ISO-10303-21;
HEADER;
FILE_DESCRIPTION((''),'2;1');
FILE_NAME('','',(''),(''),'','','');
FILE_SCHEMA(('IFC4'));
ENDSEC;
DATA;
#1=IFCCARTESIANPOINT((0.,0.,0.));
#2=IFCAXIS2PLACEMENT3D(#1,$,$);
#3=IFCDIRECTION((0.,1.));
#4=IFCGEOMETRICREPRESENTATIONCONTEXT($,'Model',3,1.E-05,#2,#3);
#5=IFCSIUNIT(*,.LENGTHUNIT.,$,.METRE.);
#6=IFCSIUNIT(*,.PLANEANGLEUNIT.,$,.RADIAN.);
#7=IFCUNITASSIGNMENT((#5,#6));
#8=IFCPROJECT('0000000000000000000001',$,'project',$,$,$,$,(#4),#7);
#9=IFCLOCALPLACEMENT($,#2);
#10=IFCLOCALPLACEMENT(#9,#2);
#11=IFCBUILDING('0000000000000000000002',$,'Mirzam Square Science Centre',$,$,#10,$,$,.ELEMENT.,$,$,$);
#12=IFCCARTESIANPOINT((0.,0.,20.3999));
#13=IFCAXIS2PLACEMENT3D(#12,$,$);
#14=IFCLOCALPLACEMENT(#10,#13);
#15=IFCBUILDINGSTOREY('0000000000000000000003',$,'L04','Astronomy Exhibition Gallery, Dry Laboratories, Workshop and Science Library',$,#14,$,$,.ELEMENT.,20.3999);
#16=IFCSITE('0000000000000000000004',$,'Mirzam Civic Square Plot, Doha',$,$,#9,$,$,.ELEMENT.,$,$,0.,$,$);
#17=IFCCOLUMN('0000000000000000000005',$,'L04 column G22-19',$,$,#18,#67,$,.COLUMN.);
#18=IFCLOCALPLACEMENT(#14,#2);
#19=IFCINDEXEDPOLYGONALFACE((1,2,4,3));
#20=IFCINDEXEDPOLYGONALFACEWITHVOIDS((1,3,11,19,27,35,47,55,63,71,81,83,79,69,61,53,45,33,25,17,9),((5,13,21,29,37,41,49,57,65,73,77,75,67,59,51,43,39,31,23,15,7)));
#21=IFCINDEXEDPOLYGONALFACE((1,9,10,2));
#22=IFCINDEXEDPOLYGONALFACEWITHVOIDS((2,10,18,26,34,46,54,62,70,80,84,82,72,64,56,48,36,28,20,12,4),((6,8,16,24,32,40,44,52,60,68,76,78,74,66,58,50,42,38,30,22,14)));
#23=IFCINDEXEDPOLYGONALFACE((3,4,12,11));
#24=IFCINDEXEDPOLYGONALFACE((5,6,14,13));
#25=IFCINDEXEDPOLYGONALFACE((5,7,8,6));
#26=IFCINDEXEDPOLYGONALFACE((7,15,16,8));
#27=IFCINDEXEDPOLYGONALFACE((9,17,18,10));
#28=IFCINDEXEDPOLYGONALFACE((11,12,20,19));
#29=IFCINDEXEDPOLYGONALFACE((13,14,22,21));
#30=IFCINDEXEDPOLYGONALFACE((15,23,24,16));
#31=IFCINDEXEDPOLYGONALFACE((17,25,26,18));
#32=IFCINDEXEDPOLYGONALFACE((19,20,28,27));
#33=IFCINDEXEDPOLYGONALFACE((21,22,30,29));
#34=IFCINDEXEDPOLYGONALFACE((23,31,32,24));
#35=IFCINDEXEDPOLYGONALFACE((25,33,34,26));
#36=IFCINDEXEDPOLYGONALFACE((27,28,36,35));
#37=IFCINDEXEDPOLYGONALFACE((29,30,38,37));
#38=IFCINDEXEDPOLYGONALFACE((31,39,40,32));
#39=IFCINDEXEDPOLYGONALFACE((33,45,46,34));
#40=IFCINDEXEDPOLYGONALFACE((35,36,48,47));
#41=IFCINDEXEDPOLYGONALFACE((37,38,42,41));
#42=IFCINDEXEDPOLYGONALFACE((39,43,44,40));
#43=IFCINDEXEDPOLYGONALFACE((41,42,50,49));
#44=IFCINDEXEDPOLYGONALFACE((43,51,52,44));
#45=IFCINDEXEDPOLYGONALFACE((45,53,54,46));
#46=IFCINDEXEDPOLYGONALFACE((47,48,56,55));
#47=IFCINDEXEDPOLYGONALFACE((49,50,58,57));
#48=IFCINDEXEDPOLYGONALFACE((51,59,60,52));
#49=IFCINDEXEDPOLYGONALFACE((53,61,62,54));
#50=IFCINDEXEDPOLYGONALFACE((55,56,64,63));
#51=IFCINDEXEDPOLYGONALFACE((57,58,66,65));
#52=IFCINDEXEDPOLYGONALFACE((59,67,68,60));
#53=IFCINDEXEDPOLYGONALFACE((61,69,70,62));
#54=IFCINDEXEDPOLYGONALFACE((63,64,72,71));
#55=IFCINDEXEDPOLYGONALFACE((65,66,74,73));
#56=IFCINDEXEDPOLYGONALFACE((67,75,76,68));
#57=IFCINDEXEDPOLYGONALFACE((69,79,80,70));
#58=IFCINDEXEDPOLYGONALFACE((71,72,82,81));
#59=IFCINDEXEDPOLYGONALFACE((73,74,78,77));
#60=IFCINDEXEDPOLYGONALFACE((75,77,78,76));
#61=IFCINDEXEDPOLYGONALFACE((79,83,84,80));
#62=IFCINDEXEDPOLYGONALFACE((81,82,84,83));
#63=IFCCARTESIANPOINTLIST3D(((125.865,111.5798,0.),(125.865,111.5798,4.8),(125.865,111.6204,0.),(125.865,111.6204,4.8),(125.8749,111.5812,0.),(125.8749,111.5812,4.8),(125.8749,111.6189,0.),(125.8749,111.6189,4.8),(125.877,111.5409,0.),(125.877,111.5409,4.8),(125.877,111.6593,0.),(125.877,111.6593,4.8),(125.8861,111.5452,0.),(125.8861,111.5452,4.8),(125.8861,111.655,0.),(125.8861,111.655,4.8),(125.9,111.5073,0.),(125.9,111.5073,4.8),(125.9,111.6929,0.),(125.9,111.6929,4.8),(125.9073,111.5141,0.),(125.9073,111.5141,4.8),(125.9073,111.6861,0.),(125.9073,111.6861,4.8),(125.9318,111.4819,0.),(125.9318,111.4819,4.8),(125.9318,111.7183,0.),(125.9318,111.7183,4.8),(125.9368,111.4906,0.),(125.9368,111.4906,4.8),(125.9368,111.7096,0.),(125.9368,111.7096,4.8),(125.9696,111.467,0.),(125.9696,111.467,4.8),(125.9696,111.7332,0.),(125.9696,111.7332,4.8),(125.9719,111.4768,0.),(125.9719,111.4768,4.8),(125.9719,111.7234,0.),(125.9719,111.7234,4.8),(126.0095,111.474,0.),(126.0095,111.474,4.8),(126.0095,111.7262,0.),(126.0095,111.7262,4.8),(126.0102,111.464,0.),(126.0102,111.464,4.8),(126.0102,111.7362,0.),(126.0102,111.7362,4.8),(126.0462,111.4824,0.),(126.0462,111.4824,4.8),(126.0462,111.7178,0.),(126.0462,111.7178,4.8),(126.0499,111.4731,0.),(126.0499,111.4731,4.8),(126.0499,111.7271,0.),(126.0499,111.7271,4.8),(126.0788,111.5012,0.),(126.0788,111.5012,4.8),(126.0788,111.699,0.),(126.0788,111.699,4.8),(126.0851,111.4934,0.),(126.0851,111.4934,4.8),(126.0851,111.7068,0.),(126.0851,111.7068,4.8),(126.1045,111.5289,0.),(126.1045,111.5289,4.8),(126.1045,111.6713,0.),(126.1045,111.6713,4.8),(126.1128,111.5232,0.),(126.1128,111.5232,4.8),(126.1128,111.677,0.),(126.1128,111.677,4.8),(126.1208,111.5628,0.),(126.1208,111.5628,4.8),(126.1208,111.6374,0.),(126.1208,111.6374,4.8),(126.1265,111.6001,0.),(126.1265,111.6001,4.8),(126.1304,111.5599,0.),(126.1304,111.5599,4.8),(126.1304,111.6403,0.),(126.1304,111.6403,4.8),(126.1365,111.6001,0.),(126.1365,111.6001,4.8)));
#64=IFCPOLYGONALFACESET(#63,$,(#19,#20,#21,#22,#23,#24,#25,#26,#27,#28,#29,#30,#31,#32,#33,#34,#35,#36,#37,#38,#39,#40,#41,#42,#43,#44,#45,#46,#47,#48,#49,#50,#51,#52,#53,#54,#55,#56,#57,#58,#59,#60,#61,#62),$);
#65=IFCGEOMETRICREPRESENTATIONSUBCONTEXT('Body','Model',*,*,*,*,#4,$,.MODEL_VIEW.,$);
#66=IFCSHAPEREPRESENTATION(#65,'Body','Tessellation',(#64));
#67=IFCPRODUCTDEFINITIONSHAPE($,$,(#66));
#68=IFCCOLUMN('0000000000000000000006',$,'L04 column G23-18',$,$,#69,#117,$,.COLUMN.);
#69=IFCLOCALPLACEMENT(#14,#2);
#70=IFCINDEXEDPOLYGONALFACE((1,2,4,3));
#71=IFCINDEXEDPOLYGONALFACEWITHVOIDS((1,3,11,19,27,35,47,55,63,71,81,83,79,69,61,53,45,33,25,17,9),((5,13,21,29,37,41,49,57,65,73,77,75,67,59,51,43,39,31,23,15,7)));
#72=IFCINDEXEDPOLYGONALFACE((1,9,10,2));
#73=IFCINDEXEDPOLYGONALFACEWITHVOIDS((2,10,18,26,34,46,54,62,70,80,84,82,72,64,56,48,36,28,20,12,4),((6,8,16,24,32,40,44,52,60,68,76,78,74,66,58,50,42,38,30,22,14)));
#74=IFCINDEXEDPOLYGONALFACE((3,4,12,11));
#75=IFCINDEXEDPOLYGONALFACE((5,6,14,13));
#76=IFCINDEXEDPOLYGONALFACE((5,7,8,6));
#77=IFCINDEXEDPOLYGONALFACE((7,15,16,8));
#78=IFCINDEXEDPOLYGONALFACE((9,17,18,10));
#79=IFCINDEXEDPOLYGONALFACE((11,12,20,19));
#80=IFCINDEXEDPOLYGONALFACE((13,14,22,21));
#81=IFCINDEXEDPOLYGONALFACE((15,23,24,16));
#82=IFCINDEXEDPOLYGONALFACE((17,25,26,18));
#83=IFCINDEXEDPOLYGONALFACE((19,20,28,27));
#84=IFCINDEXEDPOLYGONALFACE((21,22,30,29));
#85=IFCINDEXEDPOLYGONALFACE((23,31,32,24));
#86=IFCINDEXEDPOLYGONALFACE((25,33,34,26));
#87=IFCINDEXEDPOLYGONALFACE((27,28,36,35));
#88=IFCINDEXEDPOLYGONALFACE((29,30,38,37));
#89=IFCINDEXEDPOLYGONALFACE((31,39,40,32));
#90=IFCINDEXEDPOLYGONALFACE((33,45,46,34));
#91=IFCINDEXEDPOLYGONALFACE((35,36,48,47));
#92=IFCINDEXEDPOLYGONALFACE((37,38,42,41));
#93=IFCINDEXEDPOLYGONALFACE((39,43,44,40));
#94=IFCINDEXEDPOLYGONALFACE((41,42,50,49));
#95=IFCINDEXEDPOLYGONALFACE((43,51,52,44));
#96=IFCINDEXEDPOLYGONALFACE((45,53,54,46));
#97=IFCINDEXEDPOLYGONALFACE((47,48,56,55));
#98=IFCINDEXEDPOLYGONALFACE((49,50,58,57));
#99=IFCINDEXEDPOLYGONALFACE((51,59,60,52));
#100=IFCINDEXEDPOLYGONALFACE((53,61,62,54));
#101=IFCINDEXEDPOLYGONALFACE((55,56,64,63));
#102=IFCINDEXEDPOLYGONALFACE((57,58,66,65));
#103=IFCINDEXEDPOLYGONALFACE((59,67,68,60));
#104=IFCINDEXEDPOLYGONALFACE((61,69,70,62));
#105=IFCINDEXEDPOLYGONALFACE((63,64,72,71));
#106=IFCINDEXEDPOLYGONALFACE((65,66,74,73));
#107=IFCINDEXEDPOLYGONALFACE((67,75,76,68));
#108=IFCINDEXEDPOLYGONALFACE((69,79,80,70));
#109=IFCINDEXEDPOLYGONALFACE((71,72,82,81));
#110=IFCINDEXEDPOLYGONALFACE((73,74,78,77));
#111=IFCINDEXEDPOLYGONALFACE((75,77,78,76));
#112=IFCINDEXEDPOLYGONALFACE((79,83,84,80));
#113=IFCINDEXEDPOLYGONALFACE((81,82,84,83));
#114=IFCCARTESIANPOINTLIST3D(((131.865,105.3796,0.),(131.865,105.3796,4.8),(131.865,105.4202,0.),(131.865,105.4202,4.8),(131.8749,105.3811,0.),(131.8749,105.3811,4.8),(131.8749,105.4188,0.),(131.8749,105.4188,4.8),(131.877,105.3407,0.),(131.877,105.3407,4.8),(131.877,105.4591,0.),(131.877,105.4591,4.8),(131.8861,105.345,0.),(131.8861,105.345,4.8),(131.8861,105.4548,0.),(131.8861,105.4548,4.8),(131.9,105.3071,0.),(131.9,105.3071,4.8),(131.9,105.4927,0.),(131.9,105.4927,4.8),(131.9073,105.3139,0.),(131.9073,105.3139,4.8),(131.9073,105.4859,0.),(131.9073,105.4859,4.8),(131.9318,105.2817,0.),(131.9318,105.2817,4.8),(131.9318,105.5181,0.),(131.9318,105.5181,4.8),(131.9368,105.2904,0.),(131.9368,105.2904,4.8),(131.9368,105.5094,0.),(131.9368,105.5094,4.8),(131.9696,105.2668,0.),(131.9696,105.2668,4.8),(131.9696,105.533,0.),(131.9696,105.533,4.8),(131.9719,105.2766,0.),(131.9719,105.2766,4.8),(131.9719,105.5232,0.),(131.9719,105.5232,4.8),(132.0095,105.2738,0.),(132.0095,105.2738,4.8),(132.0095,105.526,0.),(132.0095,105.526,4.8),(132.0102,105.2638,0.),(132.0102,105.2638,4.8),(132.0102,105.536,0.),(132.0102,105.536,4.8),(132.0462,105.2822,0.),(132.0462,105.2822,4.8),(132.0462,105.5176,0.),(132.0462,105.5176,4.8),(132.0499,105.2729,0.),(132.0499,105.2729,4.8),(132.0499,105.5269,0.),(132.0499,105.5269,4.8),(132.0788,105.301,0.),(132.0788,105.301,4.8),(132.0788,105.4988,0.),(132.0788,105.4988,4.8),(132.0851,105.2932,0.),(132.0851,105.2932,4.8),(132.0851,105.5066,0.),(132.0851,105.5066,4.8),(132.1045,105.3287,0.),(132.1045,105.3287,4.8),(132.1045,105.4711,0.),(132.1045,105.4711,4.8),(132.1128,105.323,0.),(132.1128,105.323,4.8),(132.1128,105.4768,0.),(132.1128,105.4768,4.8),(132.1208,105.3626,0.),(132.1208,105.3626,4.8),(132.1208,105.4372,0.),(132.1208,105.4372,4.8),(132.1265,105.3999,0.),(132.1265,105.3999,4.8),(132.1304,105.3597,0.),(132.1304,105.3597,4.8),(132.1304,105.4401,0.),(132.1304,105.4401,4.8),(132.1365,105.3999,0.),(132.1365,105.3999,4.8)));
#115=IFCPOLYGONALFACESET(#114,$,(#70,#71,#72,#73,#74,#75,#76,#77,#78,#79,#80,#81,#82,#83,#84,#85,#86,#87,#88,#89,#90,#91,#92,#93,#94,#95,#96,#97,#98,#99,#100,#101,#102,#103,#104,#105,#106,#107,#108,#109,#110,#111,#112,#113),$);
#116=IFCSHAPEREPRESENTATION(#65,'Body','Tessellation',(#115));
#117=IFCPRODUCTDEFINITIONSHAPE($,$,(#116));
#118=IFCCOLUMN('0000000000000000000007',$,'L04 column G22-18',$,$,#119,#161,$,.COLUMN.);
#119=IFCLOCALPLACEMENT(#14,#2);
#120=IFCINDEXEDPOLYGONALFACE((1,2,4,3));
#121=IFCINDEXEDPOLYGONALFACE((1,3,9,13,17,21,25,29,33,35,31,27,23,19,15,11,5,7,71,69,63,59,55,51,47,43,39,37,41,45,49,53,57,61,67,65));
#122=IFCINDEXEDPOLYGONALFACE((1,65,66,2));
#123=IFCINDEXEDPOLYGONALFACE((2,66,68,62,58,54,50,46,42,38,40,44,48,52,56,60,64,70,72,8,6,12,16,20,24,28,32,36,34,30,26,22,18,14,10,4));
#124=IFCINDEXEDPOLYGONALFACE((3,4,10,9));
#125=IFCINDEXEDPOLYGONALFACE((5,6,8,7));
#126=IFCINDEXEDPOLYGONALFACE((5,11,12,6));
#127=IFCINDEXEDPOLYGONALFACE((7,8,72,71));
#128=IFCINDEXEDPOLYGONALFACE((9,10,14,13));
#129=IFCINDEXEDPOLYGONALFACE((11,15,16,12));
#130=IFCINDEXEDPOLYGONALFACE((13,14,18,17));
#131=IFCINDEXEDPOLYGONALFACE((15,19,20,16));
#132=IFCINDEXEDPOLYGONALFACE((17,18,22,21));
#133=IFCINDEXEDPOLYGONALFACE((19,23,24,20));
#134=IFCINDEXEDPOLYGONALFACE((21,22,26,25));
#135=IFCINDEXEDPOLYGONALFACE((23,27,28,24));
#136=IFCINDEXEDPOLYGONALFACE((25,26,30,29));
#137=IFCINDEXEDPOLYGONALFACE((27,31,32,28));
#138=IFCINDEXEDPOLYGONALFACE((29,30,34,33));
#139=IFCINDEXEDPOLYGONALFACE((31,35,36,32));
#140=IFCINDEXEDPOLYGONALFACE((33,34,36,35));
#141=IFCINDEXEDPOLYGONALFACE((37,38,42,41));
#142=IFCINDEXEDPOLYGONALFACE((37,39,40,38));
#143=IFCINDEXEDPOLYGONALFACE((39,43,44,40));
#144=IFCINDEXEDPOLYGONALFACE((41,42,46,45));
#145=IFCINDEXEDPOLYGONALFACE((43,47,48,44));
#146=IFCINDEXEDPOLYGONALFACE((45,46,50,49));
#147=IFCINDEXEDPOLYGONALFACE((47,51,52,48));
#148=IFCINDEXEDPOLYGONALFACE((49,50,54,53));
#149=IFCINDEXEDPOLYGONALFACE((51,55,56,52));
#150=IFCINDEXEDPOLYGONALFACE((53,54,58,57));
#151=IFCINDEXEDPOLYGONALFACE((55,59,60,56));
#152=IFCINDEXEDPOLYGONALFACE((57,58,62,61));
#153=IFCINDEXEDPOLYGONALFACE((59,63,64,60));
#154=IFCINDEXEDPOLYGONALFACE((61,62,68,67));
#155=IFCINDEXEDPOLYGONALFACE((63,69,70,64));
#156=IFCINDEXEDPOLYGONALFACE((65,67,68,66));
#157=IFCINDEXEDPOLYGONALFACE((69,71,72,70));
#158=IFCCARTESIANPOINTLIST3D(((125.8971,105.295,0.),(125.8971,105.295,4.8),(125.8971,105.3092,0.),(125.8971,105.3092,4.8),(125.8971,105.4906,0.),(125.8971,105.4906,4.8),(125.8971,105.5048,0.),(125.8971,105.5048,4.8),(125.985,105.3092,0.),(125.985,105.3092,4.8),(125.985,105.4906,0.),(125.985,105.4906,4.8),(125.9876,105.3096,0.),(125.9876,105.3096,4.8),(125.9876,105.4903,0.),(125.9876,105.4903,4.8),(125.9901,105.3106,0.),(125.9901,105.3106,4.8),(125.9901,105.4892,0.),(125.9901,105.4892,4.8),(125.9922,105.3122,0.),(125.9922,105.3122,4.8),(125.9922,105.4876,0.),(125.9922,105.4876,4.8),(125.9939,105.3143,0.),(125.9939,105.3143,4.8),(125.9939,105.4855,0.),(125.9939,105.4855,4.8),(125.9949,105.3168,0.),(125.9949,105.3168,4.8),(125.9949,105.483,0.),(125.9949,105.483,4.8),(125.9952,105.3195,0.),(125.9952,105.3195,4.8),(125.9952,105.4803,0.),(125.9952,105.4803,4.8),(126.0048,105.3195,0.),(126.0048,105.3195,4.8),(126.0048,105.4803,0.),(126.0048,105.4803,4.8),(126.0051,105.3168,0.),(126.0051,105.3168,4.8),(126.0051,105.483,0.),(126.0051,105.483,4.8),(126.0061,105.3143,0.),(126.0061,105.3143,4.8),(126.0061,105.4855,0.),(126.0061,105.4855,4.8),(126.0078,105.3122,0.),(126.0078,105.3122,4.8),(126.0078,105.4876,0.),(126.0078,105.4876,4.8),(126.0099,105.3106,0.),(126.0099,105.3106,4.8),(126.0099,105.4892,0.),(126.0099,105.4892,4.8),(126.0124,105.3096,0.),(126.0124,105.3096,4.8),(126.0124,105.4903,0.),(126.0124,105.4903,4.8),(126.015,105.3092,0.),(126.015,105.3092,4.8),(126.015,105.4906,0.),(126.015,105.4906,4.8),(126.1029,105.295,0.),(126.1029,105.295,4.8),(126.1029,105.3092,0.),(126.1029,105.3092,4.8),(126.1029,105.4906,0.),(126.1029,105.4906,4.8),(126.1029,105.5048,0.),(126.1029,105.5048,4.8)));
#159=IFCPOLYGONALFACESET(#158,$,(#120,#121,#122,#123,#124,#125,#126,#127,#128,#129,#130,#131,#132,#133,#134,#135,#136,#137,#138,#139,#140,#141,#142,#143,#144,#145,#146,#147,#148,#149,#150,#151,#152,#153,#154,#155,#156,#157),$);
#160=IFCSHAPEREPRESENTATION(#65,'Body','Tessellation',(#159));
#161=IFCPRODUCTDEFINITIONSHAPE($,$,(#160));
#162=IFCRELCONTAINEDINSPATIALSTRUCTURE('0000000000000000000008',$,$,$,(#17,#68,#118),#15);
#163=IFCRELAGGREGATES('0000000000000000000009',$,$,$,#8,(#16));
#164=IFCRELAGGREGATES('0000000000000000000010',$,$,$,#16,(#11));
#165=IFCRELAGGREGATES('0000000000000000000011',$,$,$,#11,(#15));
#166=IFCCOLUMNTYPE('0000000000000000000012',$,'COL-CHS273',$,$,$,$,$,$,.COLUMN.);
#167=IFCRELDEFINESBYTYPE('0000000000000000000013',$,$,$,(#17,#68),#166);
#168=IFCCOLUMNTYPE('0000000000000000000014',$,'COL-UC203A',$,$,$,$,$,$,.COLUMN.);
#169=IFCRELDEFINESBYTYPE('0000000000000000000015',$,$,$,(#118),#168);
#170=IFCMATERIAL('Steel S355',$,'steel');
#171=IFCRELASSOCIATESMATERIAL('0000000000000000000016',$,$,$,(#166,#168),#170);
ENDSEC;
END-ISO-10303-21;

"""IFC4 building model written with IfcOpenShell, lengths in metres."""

from ifc_helpers import new_model, si_unit, direction, frame, origin, origin_2d, place, context, subcontext, project, spatial, hollow_circle, i_section, extrude, material, material_profile, profile_set, type_object, element, save


model = new_model("IFC4")

# Units and contexts
model_context = context("Model", 3, precision=1e-05, world=origin(), true_north=direction((0.0, 1.0)))
body_context = subcontext(model_context, "Body", "Model", "MODEL_VIEW")
ifc_project = project(units=[si_unit("LENGTHUNIT", "METRE"), si_unit("PLANEANGLEUNIT", "RADIAN")], contexts=[model_context])

# Site, building, storey
site_placement = place(None, origin())
site = spatial("IfcSite", under=ifc_project, at=site_placement, Name="Mirzam Civic Square Plot, Doha", CompositionType="ELEMENT", RefElevation=0.0)
building_placement = place(site_placement, origin())
building = spatial("IfcBuilding", under=site, at=building_placement, Name="Mirzam Square Science Centre", CompositionType="ELEMENT")
storey_placement = place(building_placement, frame((0.0, 0.0, 20.3999)))
storey = spatial("IfcBuildingStorey", under=building, at=storey_placement, Name="L04", Description="Astronomy Exhibition Gallery, Dry Laboratories, Workshop and Science Library", CompositionType="ELEMENT", Elevation=20.3999)

# Columns
ifc_material_1 = material(Name="Steel S355", Category="steel")
ifc_material_profile_1 = material_profile(ifc_material_1, hollow_circle(Radius=0.1365, WallThickness=0.01, at=origin_2d()), Name="273.0x10.0CHS")
ifc_profile_set_1 = profile_set([ifc_material_profile_1], Name="Steel S355")
column_type_1 = type_object("IfcColumnType", Name="COL-CHS273", PredefinedType="COLUMN", material=ifc_profile_set_1)
for number, where, z_axis, x_axis, name in (
    (1, (126.0, 111.6001, 0.0), (0.0, 0.0, 1.0), (1.0, 0.0, 0.0), "L04 column G22-19"),
    (2, (132.0, 105.3999, 0.0), (0.0, 0.0, 1.0), (1.0, 0.0, 0.0), "L04 column G23-18"),
):
    element("IfcColumn", number, at=place(storey_placement, frame(where, z_axis=z_axis, x_axis=x_axis)), inside=storey, type_object=column_type_1, Name=name, PredefinedType="COLUMN", context=body_context, shape_type="SweptSolid", body=[
        extrude(hollow_circle(Radius=0.1365, WallThickness=0.01, at=origin_2d()), origin(), (0.0, 0.0, 1.0), 4.8),
    ])
ifc_material_profile_2 = material_profile(ifc_material_1, i_section(OverallWidth=0.2058, OverallDepth=0.2097, WebThickness=0.0095, FlangeThickness=0.0142, FilletRadius=0.0103, at=origin_2d()), Name="203x203x60UC")
ifc_profile_set_2 = profile_set([ifc_material_profile_2], Name="Steel S355")
column_type_2 = type_object("IfcColumnType", Name="COL-UC203A", PredefinedType="COLUMN", material=ifc_profile_set_2)
column_placement = place(storey_placement, frame((126.0, 105.3999, 0.0), z_axis=(0.0, 0.0, 1.0), x_axis=(1.0, 0.0, 0.0)))
element("IfcColumn", 3, at=column_placement, inside=storey, type_object=column_type_2, Name="L04 column G22-18", PredefinedType="COLUMN", context=body_context, shape_type="SweptSolid", body=[
    extrude(i_section(OverallWidth=0.2058, OverallDepth=0.2097, WebThickness=0.0095, FlangeThickness=0.0142, FilletRadius=0.0103, at=origin_2d()), origin(), (0.0, 0.0, 1.0), 4.8),
])

save(model, "model.ifc")
